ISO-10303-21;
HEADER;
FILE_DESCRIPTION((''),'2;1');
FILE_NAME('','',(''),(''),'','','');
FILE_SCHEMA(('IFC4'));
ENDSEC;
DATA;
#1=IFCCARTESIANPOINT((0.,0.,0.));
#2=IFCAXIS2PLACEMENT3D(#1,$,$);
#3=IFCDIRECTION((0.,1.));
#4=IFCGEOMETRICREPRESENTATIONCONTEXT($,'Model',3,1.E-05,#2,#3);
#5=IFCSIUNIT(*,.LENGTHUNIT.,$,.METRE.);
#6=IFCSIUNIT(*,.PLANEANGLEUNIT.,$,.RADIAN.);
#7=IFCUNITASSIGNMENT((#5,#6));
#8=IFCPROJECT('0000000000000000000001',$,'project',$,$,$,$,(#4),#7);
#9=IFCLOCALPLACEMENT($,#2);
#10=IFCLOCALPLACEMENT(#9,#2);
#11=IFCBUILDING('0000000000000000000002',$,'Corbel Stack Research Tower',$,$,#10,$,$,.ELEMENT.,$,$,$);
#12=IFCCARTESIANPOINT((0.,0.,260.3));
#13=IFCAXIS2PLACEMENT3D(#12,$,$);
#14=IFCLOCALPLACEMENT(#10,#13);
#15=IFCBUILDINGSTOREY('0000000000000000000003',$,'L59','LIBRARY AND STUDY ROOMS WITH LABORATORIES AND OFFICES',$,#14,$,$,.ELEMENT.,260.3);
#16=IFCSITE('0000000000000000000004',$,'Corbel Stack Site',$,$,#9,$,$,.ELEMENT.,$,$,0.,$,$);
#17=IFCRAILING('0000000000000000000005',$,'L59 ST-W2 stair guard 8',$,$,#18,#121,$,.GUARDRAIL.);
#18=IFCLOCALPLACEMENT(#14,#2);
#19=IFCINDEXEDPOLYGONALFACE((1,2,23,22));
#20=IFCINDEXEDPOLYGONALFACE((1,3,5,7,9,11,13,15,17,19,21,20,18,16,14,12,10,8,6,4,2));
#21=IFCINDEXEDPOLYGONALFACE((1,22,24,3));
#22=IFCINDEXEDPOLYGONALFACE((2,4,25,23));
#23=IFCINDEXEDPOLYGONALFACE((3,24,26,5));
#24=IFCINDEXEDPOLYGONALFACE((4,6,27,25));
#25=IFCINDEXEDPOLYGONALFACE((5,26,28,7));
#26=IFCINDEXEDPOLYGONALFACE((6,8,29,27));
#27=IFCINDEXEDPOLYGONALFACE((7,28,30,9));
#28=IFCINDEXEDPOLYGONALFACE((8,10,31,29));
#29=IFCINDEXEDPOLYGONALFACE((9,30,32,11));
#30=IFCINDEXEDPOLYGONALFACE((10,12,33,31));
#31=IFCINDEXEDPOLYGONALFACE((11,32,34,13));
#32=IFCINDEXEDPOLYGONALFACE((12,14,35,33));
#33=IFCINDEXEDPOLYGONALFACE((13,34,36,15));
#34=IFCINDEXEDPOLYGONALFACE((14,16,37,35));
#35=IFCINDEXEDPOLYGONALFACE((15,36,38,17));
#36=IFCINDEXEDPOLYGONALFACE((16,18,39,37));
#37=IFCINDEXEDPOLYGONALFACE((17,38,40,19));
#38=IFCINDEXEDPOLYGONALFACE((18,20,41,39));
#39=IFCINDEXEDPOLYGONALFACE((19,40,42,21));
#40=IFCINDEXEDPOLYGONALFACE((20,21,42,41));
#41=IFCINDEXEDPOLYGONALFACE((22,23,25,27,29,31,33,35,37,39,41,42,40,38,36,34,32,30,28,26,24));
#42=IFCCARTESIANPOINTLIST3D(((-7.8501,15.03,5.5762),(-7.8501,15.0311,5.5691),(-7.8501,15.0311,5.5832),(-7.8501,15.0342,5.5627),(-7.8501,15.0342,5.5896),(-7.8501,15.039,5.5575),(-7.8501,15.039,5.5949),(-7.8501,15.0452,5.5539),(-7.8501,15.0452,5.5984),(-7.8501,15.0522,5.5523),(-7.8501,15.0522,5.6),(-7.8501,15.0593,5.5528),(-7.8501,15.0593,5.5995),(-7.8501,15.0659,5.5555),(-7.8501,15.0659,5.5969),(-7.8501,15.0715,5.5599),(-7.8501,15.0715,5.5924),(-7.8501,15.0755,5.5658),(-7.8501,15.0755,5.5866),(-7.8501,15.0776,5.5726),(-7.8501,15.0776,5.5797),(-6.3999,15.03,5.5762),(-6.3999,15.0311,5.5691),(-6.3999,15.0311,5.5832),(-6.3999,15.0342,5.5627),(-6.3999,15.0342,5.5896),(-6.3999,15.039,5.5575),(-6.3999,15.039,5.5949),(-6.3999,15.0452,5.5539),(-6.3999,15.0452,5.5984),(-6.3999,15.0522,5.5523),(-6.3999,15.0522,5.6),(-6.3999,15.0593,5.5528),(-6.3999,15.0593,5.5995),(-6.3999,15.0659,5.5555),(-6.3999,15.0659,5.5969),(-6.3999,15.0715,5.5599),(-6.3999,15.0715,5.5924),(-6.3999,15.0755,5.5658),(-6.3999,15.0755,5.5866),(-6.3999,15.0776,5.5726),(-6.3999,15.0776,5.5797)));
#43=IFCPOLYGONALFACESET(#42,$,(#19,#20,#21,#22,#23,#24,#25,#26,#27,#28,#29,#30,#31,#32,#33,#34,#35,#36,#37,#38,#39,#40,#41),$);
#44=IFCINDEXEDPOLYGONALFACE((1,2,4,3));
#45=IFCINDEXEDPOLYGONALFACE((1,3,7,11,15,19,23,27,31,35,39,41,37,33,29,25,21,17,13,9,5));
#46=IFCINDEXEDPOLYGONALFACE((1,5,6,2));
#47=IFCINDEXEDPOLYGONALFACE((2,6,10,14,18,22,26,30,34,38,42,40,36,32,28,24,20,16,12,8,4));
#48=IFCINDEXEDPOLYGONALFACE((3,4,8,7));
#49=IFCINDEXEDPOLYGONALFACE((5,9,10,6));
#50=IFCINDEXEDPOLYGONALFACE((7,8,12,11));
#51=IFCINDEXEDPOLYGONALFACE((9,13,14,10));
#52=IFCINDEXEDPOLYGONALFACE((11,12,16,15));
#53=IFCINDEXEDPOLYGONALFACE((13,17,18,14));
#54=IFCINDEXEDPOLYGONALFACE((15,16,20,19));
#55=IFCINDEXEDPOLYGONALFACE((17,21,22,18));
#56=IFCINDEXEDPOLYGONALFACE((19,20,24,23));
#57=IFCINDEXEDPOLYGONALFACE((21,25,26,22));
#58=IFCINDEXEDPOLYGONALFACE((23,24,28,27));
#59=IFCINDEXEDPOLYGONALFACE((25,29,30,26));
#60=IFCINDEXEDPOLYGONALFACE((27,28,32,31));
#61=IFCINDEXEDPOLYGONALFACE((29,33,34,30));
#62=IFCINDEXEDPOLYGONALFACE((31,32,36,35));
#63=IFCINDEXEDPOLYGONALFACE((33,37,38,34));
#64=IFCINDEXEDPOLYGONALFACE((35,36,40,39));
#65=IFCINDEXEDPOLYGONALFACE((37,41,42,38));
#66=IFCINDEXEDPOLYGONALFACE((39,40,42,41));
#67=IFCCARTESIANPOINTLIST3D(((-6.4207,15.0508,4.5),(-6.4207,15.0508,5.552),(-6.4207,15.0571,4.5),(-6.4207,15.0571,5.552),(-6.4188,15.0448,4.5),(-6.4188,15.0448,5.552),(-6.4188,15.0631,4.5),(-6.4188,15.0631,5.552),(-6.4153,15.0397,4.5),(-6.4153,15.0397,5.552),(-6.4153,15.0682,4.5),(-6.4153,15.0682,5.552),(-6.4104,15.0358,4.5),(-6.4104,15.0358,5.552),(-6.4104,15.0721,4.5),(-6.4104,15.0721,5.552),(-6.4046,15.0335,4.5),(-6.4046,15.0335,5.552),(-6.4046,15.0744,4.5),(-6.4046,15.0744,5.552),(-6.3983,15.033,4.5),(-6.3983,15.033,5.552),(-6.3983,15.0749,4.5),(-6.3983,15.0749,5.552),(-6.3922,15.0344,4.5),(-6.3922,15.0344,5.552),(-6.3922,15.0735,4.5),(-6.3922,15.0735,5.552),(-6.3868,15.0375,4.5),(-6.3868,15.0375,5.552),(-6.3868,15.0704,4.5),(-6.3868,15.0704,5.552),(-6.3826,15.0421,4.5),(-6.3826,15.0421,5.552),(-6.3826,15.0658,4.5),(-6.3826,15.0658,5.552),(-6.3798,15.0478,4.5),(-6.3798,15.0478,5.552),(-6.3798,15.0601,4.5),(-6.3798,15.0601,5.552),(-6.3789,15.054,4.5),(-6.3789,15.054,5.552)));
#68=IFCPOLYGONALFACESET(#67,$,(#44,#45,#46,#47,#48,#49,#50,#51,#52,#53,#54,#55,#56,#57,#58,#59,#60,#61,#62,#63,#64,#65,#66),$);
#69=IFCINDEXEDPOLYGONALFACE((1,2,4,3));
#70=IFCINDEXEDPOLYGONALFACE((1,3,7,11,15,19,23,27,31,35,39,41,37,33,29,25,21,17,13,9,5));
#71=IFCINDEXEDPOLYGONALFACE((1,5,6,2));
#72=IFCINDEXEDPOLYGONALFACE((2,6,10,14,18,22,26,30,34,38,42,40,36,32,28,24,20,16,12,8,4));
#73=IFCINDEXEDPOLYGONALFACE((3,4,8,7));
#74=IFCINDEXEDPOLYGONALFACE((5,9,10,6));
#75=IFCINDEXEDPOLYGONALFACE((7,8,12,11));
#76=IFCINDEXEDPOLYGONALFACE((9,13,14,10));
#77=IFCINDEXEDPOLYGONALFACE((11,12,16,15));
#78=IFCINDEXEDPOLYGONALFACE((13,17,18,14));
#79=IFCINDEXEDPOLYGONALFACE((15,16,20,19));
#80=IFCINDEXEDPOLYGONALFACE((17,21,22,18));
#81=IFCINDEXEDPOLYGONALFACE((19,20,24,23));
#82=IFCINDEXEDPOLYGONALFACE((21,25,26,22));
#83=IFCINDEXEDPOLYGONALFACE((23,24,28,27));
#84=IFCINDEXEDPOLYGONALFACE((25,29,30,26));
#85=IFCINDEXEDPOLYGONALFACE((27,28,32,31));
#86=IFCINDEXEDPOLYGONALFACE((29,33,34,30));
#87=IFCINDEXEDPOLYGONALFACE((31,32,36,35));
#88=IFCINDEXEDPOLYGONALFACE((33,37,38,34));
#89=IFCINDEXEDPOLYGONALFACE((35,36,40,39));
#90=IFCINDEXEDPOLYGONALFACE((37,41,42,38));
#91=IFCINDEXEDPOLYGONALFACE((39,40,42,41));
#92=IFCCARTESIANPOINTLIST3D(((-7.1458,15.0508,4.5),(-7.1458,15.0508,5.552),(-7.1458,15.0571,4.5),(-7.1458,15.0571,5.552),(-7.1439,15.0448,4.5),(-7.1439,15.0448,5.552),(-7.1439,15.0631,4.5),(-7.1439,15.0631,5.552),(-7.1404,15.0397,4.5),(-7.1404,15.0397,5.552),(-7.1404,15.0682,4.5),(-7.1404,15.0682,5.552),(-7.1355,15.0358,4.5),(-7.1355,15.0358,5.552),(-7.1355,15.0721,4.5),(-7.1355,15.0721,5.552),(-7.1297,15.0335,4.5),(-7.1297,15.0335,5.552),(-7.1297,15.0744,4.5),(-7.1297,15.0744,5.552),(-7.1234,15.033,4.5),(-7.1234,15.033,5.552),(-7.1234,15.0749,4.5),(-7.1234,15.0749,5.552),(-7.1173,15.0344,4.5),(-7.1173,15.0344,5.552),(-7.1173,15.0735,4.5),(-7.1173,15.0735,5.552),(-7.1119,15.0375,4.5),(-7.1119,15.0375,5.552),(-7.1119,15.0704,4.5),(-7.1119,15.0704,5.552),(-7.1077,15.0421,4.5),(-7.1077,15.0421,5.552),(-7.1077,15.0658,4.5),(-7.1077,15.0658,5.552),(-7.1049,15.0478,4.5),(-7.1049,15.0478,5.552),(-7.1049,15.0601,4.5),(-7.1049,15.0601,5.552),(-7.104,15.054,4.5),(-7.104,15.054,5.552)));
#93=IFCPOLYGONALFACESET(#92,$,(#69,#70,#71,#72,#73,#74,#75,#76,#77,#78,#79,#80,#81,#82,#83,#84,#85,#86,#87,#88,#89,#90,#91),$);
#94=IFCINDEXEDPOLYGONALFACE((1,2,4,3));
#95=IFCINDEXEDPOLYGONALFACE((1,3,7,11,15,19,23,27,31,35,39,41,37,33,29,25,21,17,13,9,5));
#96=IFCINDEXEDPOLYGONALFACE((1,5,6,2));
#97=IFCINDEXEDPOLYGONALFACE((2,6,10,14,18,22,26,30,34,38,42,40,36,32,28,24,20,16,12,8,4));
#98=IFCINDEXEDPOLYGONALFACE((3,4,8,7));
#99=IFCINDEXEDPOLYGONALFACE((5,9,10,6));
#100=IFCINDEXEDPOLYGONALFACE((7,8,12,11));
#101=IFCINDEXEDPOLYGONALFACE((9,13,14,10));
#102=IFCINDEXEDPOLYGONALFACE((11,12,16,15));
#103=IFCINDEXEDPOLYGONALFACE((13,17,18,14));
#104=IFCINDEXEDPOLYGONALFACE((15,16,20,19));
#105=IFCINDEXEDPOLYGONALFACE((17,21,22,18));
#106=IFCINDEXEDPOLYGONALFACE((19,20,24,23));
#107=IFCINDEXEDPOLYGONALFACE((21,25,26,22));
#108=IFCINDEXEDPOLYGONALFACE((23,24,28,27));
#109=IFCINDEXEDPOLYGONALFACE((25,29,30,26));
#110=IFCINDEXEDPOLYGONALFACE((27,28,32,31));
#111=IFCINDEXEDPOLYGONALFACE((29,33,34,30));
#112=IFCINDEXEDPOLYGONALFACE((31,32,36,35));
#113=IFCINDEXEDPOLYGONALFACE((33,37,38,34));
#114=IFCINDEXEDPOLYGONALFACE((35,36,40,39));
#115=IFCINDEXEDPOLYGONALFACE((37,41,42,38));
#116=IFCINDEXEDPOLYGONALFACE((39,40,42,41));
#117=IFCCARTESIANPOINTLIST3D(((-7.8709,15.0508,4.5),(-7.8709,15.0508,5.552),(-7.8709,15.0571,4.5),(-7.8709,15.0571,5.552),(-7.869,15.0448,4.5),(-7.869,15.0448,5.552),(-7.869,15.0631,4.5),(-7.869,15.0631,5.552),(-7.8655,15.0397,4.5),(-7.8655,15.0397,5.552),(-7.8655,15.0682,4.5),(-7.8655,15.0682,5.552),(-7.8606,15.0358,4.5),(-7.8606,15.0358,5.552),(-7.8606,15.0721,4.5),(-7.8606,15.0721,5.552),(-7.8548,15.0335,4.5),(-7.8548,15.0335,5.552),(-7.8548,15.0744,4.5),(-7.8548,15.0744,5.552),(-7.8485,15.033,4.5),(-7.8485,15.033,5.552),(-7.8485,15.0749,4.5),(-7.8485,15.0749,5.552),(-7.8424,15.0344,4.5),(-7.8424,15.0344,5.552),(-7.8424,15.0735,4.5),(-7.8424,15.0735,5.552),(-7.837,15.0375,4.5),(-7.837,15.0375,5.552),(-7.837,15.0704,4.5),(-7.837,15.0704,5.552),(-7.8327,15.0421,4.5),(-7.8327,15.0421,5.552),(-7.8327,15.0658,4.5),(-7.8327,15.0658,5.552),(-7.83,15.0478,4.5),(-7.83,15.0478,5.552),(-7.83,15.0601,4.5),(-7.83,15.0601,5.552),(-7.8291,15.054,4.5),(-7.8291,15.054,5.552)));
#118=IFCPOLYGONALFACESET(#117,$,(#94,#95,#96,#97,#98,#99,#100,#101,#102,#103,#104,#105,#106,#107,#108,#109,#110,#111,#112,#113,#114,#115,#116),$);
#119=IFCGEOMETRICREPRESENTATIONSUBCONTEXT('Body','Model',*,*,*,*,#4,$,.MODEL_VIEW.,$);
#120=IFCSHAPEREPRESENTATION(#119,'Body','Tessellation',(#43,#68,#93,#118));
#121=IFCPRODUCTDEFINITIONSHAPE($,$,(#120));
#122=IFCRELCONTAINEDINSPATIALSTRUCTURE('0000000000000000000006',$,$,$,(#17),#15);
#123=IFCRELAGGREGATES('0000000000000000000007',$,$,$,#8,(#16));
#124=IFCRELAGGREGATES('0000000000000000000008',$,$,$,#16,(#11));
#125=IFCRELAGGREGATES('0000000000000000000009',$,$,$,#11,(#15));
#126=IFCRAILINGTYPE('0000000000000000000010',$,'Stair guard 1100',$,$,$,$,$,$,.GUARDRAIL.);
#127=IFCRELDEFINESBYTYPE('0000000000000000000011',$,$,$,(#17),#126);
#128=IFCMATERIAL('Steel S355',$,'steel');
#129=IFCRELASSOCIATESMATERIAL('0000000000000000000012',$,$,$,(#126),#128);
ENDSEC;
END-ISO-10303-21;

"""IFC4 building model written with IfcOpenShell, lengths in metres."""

from ifc_helpers import new_model, si_unit, direction, frame, origin, origin_2d, place, context, subcontext, project, spatial, circle, extrude, material, type_object, element, save


model = new_model("IFC4")

# Units and contexts
model_context = context("Model", 3, precision=1e-05, world=origin(), true_north=direction((0.0, 1.0)))
body_context = subcontext(model_context, "Body", "Model", "MODEL_VIEW")
ifc_project = project(units=[si_unit("LENGTHUNIT", "METRE"), si_unit("PLANEANGLEUNIT", "RADIAN")], contexts=[model_context])

# Site, building, storey
site_placement = place(None, origin())
site = spatial("IfcSite", under=ifc_project, at=site_placement, Name="Corbel Stack Site", CompositionType="ELEMENT", RefElevation=0.0)
building_placement = place(site_placement, origin())
building = spatial("IfcBuilding", under=site, at=building_placement, Name="Corbel Stack Research Tower", CompositionType="ELEMENT")
storey_placement = place(building_placement, frame((0.0, 0.0, 260.3)))
storey = spatial("IfcBuildingStorey", under=building, at=storey_placement, Name="L59", Description="LIBRARY AND STUDY ROOMS WITH LABORATORIES AND OFFICES", CompositionType="ELEMENT", Elevation=260.3)

# Railing
ifc_material_1 = material(Name="Steel S355", Category="steel")
railing_type_1 = type_object("IfcRailingType", Name="Stair guard 1100", PredefinedType="GUARDRAIL", material=ifc_material_1)
railing_1_placement = place(storey_placement, frame((-6.3999, 15.054, 4.5)))
element("IfcRailing", 1, at=railing_1_placement, inside=storey, type_object=railing_type_1, Name="L59 ST-W2 stair guard 8", PredefinedType="GUARDRAIL", context=body_context, shape_type="SweptSolid", body=[
    extrude(circle(Radius=0.0239, at=origin_2d()), frame((0.0, 0.0, 1.0762), z_axis=(-1.0, 0.0, 0.0), x_axis=(0.0, -1.0, 0.0)), (0.0, 0.0, 1.0), 1.4502),
    extrude(circle(Radius=0.021, at=origin_2d()), origin(), (0.0, 0.0, 1.0), 1.052),
    extrude(circle(Radius=0.021, at=origin_2d()), frame((-0.7251, 0.0, 0.0)), (0.0, 0.0, 1.0), 1.052),
    extrude(circle(Radius=0.021, at=origin_2d()), frame((-1.4502, 0.0, 0.0)), (0.0, 0.0, 1.0), 1.052),
])

save(model, "model.ifc")
